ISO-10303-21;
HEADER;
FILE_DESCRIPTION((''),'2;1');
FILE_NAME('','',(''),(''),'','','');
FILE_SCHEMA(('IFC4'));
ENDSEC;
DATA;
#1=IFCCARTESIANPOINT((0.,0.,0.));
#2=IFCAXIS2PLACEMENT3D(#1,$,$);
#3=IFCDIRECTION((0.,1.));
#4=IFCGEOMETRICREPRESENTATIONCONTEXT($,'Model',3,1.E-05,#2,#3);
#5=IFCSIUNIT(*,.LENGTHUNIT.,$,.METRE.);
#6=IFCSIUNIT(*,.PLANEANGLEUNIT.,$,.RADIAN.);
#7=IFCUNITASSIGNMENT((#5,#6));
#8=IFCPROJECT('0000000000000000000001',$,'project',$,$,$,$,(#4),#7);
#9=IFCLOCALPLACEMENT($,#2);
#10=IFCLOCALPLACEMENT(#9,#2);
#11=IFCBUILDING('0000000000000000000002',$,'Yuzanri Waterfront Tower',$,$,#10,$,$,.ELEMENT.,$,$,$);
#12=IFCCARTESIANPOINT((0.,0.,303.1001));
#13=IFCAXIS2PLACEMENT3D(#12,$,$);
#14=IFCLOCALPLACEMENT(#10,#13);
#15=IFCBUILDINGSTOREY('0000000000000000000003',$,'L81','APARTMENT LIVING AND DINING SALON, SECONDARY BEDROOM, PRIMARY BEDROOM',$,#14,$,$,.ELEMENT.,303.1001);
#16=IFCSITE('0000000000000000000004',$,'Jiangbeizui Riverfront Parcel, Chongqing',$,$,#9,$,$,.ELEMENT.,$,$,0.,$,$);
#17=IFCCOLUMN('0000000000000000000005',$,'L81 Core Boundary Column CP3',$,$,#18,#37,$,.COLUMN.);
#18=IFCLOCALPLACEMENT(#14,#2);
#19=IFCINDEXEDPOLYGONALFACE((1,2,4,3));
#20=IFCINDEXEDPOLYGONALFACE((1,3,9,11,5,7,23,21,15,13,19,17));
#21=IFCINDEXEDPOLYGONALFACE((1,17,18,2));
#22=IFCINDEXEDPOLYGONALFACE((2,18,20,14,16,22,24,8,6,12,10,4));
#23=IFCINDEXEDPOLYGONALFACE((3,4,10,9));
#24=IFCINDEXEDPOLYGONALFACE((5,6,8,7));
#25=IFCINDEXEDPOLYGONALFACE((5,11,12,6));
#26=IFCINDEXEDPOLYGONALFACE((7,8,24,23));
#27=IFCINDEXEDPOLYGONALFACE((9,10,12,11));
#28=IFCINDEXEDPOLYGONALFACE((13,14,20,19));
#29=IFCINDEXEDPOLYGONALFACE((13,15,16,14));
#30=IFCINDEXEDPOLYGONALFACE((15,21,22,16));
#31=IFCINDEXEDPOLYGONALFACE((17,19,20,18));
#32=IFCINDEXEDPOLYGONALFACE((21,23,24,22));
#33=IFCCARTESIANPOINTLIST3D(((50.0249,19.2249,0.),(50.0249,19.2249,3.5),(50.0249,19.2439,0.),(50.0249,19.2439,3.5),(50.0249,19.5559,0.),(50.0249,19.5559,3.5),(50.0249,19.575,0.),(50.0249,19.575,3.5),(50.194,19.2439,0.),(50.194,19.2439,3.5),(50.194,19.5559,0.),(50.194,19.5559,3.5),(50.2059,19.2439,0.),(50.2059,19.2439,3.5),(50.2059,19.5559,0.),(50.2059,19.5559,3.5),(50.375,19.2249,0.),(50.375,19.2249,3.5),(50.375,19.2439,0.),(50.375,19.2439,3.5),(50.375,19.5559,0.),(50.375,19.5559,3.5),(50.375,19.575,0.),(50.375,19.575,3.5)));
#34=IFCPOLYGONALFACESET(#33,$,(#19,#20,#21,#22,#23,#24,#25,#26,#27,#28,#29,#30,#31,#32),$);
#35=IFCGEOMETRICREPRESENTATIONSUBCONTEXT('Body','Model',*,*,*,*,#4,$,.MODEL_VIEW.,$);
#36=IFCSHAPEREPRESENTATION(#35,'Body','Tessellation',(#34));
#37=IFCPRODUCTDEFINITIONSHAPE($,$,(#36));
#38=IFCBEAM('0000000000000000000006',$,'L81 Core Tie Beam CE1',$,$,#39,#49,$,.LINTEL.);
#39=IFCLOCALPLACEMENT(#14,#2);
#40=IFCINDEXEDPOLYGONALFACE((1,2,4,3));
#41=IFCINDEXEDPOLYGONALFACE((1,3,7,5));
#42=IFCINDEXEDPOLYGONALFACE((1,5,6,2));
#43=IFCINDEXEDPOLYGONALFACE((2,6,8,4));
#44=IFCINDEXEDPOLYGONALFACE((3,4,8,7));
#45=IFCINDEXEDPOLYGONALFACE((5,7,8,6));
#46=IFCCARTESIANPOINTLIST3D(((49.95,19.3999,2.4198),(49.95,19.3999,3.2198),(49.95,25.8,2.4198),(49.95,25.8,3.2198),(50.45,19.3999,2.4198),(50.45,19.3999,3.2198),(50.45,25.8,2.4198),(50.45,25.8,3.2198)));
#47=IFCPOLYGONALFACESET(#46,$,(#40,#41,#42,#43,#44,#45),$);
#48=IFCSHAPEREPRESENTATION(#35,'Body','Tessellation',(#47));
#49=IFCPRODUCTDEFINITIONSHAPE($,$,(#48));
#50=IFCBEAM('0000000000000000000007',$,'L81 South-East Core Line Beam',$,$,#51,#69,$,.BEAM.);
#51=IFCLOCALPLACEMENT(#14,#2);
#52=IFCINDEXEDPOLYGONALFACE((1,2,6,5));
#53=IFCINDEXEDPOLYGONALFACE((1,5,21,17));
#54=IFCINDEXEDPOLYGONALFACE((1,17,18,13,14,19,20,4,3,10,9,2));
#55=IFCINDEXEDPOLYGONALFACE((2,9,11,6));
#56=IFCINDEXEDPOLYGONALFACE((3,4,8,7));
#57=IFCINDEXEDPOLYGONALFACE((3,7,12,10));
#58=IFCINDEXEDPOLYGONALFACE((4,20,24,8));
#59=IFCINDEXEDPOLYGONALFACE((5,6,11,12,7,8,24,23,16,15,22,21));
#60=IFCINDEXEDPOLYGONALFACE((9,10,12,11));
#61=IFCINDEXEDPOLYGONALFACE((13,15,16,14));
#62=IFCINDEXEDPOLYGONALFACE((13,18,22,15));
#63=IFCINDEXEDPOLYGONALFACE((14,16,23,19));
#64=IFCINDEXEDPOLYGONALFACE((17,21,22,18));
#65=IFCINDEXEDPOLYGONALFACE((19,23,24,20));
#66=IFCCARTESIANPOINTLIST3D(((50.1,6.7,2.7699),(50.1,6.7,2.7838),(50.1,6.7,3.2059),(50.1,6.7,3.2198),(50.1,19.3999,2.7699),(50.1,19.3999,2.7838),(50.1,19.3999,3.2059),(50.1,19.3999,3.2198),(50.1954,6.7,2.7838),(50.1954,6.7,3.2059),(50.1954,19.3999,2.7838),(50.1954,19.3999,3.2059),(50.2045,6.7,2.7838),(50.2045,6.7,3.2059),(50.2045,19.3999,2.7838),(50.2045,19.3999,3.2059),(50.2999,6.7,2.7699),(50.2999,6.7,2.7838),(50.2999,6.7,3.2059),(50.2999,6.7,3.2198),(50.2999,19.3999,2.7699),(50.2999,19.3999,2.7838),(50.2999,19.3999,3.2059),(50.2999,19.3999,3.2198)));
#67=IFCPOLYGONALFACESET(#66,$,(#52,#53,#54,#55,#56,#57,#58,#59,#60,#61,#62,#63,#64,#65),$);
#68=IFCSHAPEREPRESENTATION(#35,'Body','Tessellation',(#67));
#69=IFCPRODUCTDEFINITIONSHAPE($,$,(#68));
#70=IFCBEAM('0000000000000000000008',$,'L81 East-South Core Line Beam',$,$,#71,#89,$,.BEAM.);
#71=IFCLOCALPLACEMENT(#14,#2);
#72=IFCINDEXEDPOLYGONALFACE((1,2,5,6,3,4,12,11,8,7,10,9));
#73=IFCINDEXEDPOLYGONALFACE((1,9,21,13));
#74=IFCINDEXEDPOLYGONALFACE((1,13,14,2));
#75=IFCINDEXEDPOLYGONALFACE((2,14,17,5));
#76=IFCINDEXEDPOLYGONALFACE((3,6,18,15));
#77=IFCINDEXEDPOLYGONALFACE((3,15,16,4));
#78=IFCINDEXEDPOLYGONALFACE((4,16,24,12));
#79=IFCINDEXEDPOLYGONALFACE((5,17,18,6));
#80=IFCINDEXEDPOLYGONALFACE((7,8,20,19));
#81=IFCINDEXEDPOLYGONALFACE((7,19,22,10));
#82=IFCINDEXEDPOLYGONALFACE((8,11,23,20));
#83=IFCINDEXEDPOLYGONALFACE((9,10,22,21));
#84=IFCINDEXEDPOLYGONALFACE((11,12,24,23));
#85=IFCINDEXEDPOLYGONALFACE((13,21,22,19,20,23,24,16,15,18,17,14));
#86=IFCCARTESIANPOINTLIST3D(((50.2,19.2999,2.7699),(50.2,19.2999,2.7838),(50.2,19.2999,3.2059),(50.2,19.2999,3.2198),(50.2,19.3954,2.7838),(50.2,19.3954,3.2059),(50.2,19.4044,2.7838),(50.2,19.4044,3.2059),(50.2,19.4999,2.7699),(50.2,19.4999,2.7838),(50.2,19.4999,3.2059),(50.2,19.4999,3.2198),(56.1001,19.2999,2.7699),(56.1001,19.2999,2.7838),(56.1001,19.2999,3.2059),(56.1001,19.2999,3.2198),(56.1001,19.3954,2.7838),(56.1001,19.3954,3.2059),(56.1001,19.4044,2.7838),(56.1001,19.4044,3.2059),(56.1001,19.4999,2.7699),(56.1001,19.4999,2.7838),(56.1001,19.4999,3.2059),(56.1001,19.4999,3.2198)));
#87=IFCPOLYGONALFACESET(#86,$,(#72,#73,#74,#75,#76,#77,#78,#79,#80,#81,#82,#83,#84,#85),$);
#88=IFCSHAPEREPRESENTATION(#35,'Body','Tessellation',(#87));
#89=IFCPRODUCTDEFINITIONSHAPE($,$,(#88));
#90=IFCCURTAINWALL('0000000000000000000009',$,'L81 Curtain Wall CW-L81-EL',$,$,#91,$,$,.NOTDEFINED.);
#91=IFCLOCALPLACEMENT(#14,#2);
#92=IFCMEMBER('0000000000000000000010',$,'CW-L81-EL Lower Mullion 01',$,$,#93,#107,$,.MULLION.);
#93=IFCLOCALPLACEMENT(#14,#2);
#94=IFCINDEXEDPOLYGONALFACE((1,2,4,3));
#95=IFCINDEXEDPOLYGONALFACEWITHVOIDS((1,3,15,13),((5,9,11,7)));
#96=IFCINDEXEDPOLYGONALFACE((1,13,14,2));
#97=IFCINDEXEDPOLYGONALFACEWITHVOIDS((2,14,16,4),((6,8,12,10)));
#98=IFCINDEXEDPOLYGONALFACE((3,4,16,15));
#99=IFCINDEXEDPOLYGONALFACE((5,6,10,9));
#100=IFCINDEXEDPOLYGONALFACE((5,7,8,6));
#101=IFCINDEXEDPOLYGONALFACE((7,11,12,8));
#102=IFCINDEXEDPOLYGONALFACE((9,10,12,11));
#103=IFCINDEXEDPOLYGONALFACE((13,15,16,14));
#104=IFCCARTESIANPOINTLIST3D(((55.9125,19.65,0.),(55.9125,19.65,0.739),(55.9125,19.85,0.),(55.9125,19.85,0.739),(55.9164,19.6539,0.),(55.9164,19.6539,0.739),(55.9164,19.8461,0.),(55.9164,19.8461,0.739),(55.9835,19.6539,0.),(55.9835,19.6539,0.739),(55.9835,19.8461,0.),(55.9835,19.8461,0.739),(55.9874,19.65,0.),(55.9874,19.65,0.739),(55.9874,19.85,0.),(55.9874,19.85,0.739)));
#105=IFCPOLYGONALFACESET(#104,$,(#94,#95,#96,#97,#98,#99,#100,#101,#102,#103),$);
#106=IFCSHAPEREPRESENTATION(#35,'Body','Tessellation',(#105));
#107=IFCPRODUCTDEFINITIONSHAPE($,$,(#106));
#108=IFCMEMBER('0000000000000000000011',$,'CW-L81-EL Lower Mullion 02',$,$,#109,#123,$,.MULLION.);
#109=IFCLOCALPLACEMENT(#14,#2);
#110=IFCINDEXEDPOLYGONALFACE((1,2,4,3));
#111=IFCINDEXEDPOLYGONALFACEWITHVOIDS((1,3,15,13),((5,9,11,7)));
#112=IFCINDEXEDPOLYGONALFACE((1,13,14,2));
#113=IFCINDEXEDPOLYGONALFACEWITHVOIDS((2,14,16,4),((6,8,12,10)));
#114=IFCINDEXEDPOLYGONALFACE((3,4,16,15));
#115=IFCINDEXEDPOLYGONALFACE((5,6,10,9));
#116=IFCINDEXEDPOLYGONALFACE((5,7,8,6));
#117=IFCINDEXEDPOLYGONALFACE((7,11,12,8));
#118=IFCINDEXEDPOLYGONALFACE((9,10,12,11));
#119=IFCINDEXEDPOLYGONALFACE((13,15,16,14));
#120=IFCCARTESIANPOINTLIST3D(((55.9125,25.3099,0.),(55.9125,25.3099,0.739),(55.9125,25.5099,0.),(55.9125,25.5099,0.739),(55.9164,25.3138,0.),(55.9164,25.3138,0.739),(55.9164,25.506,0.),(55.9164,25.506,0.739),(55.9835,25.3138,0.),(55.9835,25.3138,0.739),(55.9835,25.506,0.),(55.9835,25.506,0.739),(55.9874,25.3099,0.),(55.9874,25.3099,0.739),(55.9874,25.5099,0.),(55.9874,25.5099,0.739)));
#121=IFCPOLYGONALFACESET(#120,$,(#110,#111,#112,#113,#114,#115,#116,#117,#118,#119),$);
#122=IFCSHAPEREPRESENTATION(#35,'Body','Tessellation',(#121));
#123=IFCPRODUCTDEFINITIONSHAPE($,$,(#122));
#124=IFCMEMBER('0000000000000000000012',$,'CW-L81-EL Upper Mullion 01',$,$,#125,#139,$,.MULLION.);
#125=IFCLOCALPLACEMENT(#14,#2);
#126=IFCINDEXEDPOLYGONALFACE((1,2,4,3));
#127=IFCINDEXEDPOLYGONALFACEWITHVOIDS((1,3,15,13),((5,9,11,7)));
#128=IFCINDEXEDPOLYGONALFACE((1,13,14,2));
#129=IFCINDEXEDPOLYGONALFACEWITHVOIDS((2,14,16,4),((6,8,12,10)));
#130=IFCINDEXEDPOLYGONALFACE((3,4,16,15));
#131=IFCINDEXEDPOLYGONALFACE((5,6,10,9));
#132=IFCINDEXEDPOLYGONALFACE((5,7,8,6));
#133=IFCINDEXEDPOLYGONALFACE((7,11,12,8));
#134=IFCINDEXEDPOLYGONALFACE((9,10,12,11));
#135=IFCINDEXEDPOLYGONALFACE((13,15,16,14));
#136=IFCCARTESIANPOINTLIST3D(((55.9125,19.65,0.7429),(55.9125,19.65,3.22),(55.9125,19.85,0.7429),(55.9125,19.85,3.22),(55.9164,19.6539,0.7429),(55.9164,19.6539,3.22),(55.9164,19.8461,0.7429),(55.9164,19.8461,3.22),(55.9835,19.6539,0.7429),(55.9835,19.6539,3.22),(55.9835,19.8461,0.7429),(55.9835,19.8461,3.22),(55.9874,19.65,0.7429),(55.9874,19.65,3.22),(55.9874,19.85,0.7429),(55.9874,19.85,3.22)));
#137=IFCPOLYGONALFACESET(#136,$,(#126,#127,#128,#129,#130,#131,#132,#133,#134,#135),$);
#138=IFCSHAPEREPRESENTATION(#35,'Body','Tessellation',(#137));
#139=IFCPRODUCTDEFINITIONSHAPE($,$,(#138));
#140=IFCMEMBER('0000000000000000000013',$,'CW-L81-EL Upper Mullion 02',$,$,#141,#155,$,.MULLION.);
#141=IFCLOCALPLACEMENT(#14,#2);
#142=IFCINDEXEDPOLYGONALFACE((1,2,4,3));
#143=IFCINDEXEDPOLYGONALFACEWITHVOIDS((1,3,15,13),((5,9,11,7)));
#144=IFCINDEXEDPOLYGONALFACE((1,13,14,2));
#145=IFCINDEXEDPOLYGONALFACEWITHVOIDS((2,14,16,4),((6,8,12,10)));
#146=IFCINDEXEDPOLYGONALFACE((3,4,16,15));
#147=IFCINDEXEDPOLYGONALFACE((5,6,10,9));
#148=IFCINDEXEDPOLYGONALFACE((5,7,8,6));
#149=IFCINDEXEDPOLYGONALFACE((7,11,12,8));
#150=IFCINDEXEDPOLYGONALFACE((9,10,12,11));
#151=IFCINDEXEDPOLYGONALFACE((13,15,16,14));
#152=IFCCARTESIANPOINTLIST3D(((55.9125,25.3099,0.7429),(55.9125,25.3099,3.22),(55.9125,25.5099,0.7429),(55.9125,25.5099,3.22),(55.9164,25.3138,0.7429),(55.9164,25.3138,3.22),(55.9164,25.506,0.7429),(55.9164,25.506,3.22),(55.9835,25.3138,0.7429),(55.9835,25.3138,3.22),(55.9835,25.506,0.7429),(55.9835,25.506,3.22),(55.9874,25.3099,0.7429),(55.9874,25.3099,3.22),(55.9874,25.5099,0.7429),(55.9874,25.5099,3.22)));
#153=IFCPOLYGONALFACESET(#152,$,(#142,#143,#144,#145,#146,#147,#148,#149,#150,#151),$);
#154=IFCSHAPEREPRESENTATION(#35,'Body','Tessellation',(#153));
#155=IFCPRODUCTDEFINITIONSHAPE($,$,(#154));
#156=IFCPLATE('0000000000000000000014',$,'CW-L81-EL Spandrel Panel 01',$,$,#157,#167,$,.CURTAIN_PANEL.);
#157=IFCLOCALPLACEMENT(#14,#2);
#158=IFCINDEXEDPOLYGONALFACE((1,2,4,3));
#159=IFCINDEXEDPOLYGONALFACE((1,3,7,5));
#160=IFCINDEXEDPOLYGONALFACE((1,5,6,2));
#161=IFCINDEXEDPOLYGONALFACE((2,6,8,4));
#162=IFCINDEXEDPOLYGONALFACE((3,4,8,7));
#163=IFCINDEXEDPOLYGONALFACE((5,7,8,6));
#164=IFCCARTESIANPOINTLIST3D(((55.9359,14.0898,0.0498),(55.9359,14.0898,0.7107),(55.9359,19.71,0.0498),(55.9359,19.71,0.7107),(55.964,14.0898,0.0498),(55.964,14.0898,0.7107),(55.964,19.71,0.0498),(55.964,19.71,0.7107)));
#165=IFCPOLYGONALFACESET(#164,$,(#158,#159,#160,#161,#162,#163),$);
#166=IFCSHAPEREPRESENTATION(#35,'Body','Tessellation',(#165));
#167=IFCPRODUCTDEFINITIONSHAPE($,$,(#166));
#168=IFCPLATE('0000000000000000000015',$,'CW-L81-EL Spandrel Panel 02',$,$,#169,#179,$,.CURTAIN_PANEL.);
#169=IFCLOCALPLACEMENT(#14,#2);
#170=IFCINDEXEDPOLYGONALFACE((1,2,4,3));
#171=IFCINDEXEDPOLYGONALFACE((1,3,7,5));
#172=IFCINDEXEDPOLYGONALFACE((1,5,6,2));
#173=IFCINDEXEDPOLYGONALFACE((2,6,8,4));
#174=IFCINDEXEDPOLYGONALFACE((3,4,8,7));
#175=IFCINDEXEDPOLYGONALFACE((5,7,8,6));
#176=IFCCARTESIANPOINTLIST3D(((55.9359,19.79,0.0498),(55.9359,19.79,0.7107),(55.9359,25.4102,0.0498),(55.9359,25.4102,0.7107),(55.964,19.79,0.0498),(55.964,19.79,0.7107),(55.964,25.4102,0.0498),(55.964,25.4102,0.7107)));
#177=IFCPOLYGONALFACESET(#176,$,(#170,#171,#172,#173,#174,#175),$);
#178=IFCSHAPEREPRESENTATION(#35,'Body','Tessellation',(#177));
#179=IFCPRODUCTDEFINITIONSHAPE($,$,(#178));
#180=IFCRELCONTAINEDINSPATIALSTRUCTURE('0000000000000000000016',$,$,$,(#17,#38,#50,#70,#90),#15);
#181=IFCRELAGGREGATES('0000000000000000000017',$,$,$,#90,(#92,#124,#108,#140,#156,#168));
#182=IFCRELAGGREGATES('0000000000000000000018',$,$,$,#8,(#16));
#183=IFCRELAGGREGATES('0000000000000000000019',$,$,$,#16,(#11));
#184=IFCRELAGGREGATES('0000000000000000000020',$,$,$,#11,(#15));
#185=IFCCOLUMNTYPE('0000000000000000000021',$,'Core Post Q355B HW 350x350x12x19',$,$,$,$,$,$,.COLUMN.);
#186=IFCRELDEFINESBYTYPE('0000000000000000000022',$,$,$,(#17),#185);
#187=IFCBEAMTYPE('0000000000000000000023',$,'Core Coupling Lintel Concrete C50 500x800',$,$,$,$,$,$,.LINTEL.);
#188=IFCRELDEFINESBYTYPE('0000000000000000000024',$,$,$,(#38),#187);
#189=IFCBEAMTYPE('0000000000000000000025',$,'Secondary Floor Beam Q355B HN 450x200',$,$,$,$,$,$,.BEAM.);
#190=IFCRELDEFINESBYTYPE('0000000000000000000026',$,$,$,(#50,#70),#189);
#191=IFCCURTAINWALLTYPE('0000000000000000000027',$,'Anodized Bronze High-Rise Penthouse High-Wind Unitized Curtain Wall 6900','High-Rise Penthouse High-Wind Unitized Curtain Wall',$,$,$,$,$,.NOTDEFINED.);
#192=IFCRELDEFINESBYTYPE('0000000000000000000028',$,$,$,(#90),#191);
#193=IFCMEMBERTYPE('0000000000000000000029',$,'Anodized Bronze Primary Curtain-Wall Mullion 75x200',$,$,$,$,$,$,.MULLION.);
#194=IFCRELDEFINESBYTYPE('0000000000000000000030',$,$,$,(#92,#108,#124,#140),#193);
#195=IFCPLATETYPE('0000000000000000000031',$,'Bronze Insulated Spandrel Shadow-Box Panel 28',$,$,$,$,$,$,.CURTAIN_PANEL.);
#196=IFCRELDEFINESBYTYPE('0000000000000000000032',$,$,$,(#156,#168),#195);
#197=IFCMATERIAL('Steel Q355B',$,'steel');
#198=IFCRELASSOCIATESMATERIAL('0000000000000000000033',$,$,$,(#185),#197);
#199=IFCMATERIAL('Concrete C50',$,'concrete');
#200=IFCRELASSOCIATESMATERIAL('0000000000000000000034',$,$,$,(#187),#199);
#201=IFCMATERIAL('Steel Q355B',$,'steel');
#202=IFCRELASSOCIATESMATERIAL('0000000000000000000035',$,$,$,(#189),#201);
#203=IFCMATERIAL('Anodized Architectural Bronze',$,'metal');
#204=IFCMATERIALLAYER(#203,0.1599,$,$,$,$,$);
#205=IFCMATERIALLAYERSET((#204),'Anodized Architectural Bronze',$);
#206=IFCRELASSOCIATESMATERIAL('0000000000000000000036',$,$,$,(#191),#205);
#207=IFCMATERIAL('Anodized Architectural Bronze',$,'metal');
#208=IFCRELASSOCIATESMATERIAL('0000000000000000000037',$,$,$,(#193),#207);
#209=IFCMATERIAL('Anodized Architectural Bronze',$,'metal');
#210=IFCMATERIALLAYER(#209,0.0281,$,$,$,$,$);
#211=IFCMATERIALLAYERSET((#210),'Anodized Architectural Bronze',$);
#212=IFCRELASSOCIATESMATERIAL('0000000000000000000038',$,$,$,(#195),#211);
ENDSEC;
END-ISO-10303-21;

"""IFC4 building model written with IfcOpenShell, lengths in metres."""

from ifc_helpers import new_model, si_unit, direction, frame, origin, origin_2d, place, context, subcontext, project, spatial, rectangle, hollow_rectangle, i_section, extrude, source, transform, mapped, material, layer, layer_set, material_profile, profile_set, type_object, element, aggregate, save


model = new_model("IFC4")

# Units and contexts
model_context = context("Model", 3, precision=1e-05, world=origin(), true_north=direction((0.0, 1.0)))
body_context = subcontext(model_context, "Body", "Model", "MODEL_VIEW")
ifc_project = project(units=[si_unit("LENGTHUNIT", "METRE"), si_unit("PLANEANGLEUNIT", "RADIAN")], contexts=[model_context])

# Site, building, storey
site_placement = place(None, origin())
site = spatial("IfcSite", under=ifc_project, at=site_placement, Name="Jiangbeizui Riverfront Parcel, Chongqing", CompositionType="ELEMENT", RefElevation=0.0)
building_placement = place(site_placement, origin())
building = spatial("IfcBuilding", under=site, at=building_placement, Name="Yuzanri Waterfront Tower", CompositionType="ELEMENT")
storey_placement = place(building_placement, frame((0.0, 0.0, 303.1001)))
storey = spatial("IfcBuildingStorey", under=building, at=storey_placement, Name="L81", Description="APARTMENT LIVING AND DINING SALON, SECONDARY BEDROOM, PRIMARY BEDROOM", CompositionType="ELEMENT", Elevation=303.1001)

# Column
ifc_material_1 = material(Name="Steel Q355B", Category="steel")
ifc_material_profile_1 = material_profile(ifc_material_1, i_section(OverallWidth=0.3501, OverallDepth=0.3501, WebThickness=0.012, FlangeThickness=0.019, at=origin_2d()), Name="HW 350x350x12x19")
ifc_profile_set_1 = profile_set([ifc_material_profile_1], Name="Steel Q355B")
column_type = type_object("IfcColumnType", Name="Core Post Q355B HW 350x350x12x19", PredefinedType="COLUMN", material=ifc_profile_set_1)
shared_shape_1 = source(origin(), body_context, "Body", "SweptSolid", [
    extrude(i_section(OverallWidth=0.3501, OverallDepth=0.3501, WebThickness=0.012, FlangeThickness=0.019, at=origin_2d()), origin(), (0.0, 0.0, 1.0), 3.5),
])
column_placement = place(storey_placement, frame((50.2, 19.3999, 0.0), z_axis=(0.0, 0.0, 1.0), x_axis=(1.0, 0.0, 0.0)))
element("IfcColumn", 1, at=column_placement, inside=storey, type_object=column_type, Name="L81 Core Boundary Column CP3", PredefinedType="COLUMN", context=body_context, shape_type="MappedRepresentation", body=[
    mapped(shared_shape_1, transform((0.0, 0.0, 0.0), scale=1.0)),
])

# Beams
ifc_material_2 = material(Name="Concrete C50", Category="concrete")
ifc_material_profile_2 = material_profile(ifc_material_2, rectangle(XDim=0.5, YDim=0.8, at=origin_2d()), Name="RC 500x800")
ifc_profile_set_2 = profile_set([ifc_material_profile_2], Name="Concrete C50")
beam_type_1 = type_object("IfcBeamType", Name="Core Coupling Lintel Concrete C50 500x800", PredefinedType="LINTEL", material=ifc_profile_set_2)
shared_shape_2 = source(origin(), body_context, "Body", "SweptSolid", [
    extrude(rectangle(XDim=0.5, YDim=0.8, at=origin_2d()), origin(), (0.0, 0.0, 1.0), 6.4001),
])
beam_1_placement = place(storey_placement, frame((50.2, 19.3999, 2.8198), z_axis=(0.0, 1.0, 0.0), x_axis=(-1.0, 0.0, 0.0)))
element("IfcBeam", 2, at=beam_1_placement, inside=storey, type_object=beam_type_1, Name="L81 Core Tie Beam CE1", PredefinedType="LINTEL", context=body_context, shape_type="MappedRepresentation", body=[
    mapped(shared_shape_2, transform((0.0, 0.0, 0.0), scale=1.0)),
])
ifc_material_3 = material(Name="Steel Q355B", Category="steel")
ifc_material_profile_3 = material_profile(ifc_material_3, i_section(OverallWidth=0.2, OverallDepth=0.45, WebThickness=0.009, FlangeThickness=0.0139, at=origin_2d()), Name="HN 450x200x9x14")
ifc_profile_set_3 = profile_set([ifc_material_profile_3], Name="Steel Q355B")
beam_type_2 = type_object("IfcBeamType", Name="Secondary Floor Beam Q355B HN 450x200", PredefinedType="BEAM", material=ifc_profile_set_3)
shared_shape_3 = source(origin(), body_context, "Body", "SweptSolid", [
    extrude(i_section(OverallWidth=0.2, OverallDepth=0.45, WebThickness=0.009, FlangeThickness=0.0139, at=origin_2d()), origin(), (0.0, 0.0, 1.0), 12.7),
])
beam_2_placement = place(storey_placement, frame((50.2, 19.3999, 2.9949), z_axis=(0.0, -1.0, 0.0), x_axis=(1.0, 0.0, 0.0)))
element("IfcBeam", 3, at=beam_2_placement, inside=storey, type_object=beam_type_2, Name="L81 South-East Core Line Beam", PredefinedType="BEAM", context=body_context, shape_type="MappedRepresentation", body=[
    mapped(shared_shape_3, transform((0.0, 0.0, 0.0), scale=1.0)),
])
shared_shape_4 = source(origin(), body_context, "Body", "SweptSolid", [
    extrude(i_section(OverallWidth=0.2, OverallDepth=0.45, WebThickness=0.009, FlangeThickness=0.0139, at=origin_2d()), origin(), (0.0, 0.0, 1.0), 5.9001),
])
beam_3_placement = place(storey_placement, frame((50.2, 19.3999, 2.9949), z_axis=(1.0, 0.0, 0.0), x_axis=(0.0, 1.0, 0.0)))
element("IfcBeam", 4, at=beam_3_placement, inside=storey, type_object=beam_type_2, Name="L81 East-South Core Line Beam", PredefinedType="BEAM", context=body_context, shape_type="MappedRepresentation", body=[
    mapped(shared_shape_4, transform((0.0, 0.0, 0.0), scale=1.0)),
])

# Curtain wall, members, plates
ifc_material_4 = material(Name="Anodized Architectural Bronze", Category="metal")
ifc_layer_1 = layer(ifc_material_4, 0.1599)
ifc_layer_set_1 = layer_set([ifc_layer_1], Name="Anodized Architectural Bronze")
curtain_wall_type = type_object("IfcCurtainWallType", Name="Anodized Bronze High-Rise Penthouse High-Wind Unitized Curtain Wall 6900", Description="High-Rise Penthouse High-Wind Unitized Curtain Wall", PredefinedType="NOTDEFINED", material=ifc_layer_set_1)
curtain_wall_placement = place(storey_placement, origin())
curtain_wall = element("IfcCurtainWall", 5, at=curtain_wall_placement, inside=storey, type_object=curtain_wall_type, Name="L81 Curtain Wall CW-L81-EL", PredefinedType="NOTDEFINED")
ifc_material_5 = material(Name="Anodized Architectural Bronze", Category="metal")
ifc_material_profile_4 = material_profile(ifc_material_5, hollow_rectangle(XDim=0.075, YDim=0.2, WallThickness=0.0039, at=origin_2d()), Name="CWM 75x200")
ifc_profile_set_4 = profile_set([ifc_material_profile_4], Name="Anodized Architectural Bronze")
member_type = type_object("IfcMemberType", Name="Anodized Bronze Primary Curtain-Wall Mullion 75x200", PredefinedType="MULLION", material=ifc_profile_set_4)
shared_shape_5 = source(origin(), body_context, "Body", "SweptSolid", [
    extrude(hollow_rectangle(XDim=0.075, YDim=0.2, WallThickness=0.0039, at=origin_2d()), origin(), (0.0, 0.0, 1.0), 0.739),
])
member_1_placement = place(storey_placement, frame((55.95, 19.75, 0.0), z_axis=(0.0, 0.0, 1.0), x_axis=(1.0, 0.0, 0.0)))
member_1 = element("IfcMember", 6, at=member_1_placement, type_object=member_type, Name="CW-L81-EL Lower Mullion 01", PredefinedType="MULLION", context=body_context, shape_type="MappedRepresentation", body=[
    mapped(shared_shape_5, transform((0.0, 0.0, 0.0), scale=1.0)),
])
member_2_placement = place(storey_placement, frame((55.95, 25.4099, 0.0), z_axis=(0.0, 0.0, 1.0), x_axis=(1.0, 0.0, 0.0)))
member_2 = element("IfcMember", 7, at=member_2_placement, type_object=member_type, Name="CW-L81-EL Lower Mullion 02", PredefinedType="MULLION", context=body_context, shape_type="MappedRepresentation", body=[
    mapped(shared_shape_5, transform((0.0, 0.0, 0.0), scale=1.0)),
])
shared_shape_6 = source(origin(), body_context, "Body", "SweptSolid", [
    extrude(hollow_rectangle(XDim=0.075, YDim=0.2, WallThickness=0.0039, at=origin_2d()), origin(), (0.0, 0.0, 1.0), 2.4771),
])
member_3_placement = place(storey_placement, frame((55.95, 19.75, 0.7429), z_axis=(0.0, 0.0, 1.0), x_axis=(1.0, 0.0, 0.0)))
member_3 = element("IfcMember", 8, at=member_3_placement, type_object=member_type, Name="CW-L81-EL Upper Mullion 01", PredefinedType="MULLION", context=body_context, shape_type="MappedRepresentation", body=[
    mapped(shared_shape_6, transform((0.0, 0.0, 0.0), scale=1.0)),
])
member_4_placement = place(storey_placement, frame((55.95, 25.4099, 0.7429), z_axis=(0.0, 0.0, 1.0), x_axis=(1.0, 0.0, 0.0)))
member_4 = element("IfcMember", 9, at=member_4_placement, type_object=member_type, Name="CW-L81-EL Upper Mullion 02", PredefinedType="MULLION", context=body_context, shape_type="MappedRepresentation", body=[
    mapped(shared_shape_6, transform((0.0, 0.0, 0.0), scale=1.0)),
])
ifc_material_6 = material(Name="Anodized Architectural Bronze", Category="metal")
ifc_layer_2 = layer(ifc_material_6, 0.0281)
ifc_layer_set_2 = layer_set([ifc_layer_2], Name="Anodized Architectural Bronze")
plate_type_1 = type_object("IfcPlateType", Name="Bronze Insulated Spandrel Shadow-Box Panel 28", PredefinedType="CURTAIN_PANEL", material=ifc_layer_set_2)
shared_shape_7 = source(origin(), body_context, "Body", "SweptSolid", [
    extrude(rectangle(XDim=5.6201, YDim=0.0281, at=origin_2d()), origin(), (0.0, 0.0, 1.0), 0.6609),
])
plate_1_placement = place(storey_placement, frame((55.95, 16.8999, 0.0498), z_axis=(0.0, 0.0, 1.0), x_axis=(0.0, 1.0, 0.0)))
plate_1 = element("IfcPlate", 10, at=plate_1_placement, type_object=plate_type_1, Name="CW-L81-EL Spandrel Panel 01", PredefinedType="CURTAIN_PANEL", context=body_context, shape_type="MappedRepresentation", body=[
    mapped(shared_shape_7, transform((0.0, 0.0, 0.0), scale=1.0)),
])
plate_2_placement = place(storey_placement, frame((55.95, 22.6001, 0.0498), z_axis=(0.0, 0.0, 1.0), x_axis=(0.0, 1.0, 0.0)))
plate_2 = element("IfcPlate", 11, at=plate_2_placement, type_object=plate_type_1, Name="CW-L81-EL Spandrel Panel 02", PredefinedType="CURTAIN_PANEL", context=body_context, shape_type="MappedRepresentation", body=[
    mapped(shared_shape_7, transform((0.0, 0.0, 0.0), scale=1.0)),
])
aggregate(curtain_wall, [member_1, member_3, member_2, member_4, plate_1, plate_2])

save(model, "model.ifc")
